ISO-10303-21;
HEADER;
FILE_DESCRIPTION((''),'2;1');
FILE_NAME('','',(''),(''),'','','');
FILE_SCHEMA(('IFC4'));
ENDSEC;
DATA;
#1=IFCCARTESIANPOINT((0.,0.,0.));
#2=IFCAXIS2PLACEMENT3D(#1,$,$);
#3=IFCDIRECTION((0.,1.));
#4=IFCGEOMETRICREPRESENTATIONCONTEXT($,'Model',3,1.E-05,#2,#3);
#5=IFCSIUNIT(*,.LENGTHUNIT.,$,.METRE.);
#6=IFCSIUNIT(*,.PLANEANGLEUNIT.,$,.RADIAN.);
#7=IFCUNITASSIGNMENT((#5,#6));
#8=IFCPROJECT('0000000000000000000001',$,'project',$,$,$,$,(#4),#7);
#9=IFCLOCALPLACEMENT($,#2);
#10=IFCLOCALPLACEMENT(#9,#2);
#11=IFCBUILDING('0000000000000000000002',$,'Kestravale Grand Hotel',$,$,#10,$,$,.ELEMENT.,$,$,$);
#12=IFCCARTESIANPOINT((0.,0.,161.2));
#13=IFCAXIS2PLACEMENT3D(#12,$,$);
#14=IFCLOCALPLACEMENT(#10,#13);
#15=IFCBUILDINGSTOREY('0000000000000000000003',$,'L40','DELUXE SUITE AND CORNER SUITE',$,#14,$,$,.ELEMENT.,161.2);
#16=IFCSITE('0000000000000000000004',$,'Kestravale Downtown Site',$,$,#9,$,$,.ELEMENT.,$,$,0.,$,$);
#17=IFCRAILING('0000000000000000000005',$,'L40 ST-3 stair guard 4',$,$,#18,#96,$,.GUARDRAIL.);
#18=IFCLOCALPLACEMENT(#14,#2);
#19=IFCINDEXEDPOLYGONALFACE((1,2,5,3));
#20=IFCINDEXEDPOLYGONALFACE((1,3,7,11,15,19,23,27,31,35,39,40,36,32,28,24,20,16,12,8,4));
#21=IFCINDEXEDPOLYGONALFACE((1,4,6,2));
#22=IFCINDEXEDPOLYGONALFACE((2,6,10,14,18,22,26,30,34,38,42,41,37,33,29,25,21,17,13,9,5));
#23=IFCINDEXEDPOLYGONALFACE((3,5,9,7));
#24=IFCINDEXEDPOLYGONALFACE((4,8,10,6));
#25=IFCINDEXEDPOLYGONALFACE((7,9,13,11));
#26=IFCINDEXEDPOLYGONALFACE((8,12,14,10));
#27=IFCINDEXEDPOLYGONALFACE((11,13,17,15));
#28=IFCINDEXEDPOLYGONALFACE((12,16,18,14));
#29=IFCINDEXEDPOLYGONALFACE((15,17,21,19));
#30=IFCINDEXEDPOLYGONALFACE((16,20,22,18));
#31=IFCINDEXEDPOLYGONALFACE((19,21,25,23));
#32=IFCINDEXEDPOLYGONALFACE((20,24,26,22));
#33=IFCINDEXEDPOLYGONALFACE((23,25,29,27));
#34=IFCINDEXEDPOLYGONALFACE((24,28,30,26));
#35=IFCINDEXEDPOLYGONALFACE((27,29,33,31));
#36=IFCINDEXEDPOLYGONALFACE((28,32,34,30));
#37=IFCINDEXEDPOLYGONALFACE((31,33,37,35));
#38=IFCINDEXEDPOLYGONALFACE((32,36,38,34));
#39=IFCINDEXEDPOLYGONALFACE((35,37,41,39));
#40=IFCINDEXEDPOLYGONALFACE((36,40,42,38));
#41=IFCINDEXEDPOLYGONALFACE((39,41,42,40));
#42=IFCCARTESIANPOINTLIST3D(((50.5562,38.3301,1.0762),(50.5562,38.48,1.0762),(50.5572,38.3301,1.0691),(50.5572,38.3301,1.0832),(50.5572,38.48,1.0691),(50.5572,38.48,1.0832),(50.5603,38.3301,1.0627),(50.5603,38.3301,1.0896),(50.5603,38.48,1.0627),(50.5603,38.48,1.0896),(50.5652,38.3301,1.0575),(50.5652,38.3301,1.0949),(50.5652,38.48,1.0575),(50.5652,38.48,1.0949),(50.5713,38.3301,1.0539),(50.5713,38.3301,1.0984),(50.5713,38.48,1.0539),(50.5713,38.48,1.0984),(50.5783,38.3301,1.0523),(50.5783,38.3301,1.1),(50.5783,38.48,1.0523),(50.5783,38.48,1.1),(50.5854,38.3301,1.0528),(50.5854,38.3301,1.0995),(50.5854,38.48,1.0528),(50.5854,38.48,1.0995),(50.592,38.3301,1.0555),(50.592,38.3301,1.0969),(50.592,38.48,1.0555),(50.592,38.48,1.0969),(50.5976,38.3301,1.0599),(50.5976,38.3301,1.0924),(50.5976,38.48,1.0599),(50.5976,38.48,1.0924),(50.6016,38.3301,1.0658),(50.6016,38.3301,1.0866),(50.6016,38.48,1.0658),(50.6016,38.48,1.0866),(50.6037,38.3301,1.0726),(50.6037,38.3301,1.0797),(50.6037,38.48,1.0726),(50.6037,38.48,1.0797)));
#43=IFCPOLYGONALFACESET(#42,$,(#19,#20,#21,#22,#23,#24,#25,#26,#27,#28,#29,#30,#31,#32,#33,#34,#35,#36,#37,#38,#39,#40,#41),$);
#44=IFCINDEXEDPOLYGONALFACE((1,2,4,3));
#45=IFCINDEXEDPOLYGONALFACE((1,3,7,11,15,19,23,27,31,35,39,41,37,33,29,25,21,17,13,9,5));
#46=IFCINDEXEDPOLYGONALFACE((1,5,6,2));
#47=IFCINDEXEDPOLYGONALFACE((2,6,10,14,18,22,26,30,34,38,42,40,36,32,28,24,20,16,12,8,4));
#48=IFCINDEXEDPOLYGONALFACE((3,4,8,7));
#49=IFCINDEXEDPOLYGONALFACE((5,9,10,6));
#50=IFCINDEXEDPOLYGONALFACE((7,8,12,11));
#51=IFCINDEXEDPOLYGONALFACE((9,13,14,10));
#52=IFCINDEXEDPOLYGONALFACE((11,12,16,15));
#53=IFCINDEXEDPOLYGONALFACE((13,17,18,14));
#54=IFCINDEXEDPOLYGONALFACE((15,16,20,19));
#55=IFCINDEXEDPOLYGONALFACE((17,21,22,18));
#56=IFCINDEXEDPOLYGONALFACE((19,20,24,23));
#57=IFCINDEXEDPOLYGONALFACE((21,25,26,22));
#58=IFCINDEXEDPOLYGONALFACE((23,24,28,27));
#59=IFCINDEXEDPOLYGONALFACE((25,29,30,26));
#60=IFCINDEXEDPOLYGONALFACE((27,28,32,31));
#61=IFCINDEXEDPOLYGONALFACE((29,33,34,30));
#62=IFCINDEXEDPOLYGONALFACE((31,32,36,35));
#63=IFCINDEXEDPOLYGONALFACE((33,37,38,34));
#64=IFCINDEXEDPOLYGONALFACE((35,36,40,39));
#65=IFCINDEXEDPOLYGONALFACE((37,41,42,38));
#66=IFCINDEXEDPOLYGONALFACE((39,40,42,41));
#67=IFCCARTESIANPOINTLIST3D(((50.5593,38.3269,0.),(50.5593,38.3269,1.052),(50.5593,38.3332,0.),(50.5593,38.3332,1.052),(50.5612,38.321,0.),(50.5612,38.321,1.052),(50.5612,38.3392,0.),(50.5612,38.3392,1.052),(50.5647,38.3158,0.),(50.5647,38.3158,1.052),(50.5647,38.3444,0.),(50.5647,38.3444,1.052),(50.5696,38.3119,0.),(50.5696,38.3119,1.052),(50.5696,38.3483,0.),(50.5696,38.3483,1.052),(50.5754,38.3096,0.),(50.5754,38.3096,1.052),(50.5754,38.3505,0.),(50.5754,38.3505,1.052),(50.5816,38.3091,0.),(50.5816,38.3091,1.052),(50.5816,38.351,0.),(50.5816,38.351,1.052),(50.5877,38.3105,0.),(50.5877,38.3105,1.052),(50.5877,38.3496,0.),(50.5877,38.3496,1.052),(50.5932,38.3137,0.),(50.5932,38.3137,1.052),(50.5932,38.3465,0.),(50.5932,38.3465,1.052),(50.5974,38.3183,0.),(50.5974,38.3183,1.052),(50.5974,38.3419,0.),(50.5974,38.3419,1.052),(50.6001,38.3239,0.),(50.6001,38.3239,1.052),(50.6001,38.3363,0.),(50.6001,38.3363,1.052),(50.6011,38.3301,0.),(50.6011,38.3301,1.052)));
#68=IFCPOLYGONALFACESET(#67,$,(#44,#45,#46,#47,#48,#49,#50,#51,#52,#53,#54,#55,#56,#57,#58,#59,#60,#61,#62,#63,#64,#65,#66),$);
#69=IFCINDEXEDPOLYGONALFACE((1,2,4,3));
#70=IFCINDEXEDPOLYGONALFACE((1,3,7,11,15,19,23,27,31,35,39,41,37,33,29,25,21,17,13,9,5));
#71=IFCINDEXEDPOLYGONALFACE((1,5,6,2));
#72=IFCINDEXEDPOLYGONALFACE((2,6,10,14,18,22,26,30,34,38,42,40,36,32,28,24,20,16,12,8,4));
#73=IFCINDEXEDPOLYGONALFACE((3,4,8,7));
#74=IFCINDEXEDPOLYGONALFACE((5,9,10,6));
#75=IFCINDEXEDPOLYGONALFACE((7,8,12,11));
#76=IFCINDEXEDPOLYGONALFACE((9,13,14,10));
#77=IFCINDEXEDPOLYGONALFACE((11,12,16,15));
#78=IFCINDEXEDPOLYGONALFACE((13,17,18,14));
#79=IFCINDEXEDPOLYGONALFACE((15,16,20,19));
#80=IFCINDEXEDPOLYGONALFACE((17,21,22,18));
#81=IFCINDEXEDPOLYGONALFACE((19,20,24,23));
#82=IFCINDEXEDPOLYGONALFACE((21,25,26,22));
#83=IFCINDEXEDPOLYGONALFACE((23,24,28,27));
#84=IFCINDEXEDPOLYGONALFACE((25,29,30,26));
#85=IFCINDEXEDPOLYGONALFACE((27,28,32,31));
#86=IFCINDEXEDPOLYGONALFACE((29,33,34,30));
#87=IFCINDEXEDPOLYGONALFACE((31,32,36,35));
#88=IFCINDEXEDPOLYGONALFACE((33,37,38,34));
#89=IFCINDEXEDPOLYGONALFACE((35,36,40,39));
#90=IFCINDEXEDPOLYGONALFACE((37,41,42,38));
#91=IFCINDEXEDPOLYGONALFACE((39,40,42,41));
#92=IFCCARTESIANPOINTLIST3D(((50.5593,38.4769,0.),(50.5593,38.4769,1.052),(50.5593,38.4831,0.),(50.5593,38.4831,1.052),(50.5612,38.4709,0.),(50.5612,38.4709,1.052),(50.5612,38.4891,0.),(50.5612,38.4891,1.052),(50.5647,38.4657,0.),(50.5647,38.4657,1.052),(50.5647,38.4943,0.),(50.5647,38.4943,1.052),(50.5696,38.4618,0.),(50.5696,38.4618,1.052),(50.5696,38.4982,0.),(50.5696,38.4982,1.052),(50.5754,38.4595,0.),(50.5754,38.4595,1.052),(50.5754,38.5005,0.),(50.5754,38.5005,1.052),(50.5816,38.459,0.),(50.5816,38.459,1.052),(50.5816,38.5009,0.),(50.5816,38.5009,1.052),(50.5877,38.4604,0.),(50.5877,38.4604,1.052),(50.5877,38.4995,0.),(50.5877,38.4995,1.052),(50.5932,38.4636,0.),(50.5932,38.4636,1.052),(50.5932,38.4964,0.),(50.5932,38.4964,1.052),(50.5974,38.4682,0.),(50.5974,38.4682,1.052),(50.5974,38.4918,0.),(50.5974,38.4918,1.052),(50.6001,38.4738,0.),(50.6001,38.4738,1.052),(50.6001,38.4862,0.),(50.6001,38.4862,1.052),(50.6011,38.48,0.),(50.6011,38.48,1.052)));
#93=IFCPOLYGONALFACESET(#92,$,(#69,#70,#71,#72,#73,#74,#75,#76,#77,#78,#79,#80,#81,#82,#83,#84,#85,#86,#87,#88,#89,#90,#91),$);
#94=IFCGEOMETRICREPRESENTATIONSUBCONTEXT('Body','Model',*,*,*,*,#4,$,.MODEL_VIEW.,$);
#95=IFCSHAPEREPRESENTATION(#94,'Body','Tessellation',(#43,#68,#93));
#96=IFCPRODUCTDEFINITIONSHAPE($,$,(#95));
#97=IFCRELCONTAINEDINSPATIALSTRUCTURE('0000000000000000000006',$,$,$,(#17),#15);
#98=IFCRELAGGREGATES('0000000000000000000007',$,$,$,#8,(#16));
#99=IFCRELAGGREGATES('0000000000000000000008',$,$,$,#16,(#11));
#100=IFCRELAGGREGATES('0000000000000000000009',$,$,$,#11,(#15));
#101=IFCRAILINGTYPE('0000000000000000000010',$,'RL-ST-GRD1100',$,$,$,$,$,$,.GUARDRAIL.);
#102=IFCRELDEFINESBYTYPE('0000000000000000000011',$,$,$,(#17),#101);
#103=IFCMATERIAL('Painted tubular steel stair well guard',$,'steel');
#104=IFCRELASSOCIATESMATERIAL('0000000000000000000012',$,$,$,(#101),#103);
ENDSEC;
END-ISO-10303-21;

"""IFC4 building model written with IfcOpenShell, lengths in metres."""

from ifc_helpers import new_model, si_unit, direction, frame, origin, origin_2d, place, context, subcontext, project, spatial, circle, extrude, material, type_object, element, save


model = new_model("IFC4")

# Units and contexts
model_context = context("Model", 3, precision=1e-05, world=origin(), true_north=direction((0.0, 1.0)))
body_context = subcontext(model_context, "Body", "Model", "MODEL_VIEW")
ifc_project = project(units=[si_unit("LENGTHUNIT", "METRE"), si_unit("PLANEANGLEUNIT", "RADIAN")], contexts=[model_context])

# Site, building, storey
site_placement = place(None, origin())
site = spatial("IfcSite", under=ifc_project, at=site_placement, Name="Kestravale Downtown Site", CompositionType="ELEMENT", RefElevation=0.0)
building_placement = place(site_placement, origin())
building = spatial("IfcBuilding", under=site, at=building_placement, Name="Kestravale Grand Hotel", CompositionType="ELEMENT")
storey_placement = place(building_placement, frame((0.0, 0.0, 161.2)))
storey = spatial("IfcBuildingStorey", under=building, at=storey_placement, Name="L40", Description="DELUXE SUITE AND CORNER SUITE", CompositionType="ELEMENT", Elevation=161.2)

# Railing
ifc_material_1 = material(Name="Painted tubular steel stair well guard", Category="steel")
railing_type_1 = type_object("IfcRailingType", Name="RL-ST-GRD1100", PredefinedType="GUARDRAIL", material=ifc_material_1)
railing_1_placement = place(storey_placement, frame((50.5801, 38.3301, 0.0)))
element("IfcRailing", 1, at=railing_1_placement, inside=storey, type_object=railing_type_1, Name="L40 ST-3 stair guard 4", PredefinedType="GUARDRAIL", context=body_context, shape_type="SweptSolid", body=[
    extrude(circle(Radius=0.0239, at=origin_2d()), frame((0.0, 0.0, 1.0762), z_axis=(0.0, 1.0, 0.0), x_axis=(-1.0, 0.0, 0.0)), (0.0, 0.0, 1.0), 0.1499),
    extrude(circle(Radius=0.021, at=origin_2d()), origin(), (0.0, 0.0, 1.0), 1.052),
    extrude(circle(Radius=0.021, at=origin_2d()), frame((0.0, 0.1499, 0.0)), (0.0, 0.0, 1.0), 1.052),
])

save(model, "model.ifc")
